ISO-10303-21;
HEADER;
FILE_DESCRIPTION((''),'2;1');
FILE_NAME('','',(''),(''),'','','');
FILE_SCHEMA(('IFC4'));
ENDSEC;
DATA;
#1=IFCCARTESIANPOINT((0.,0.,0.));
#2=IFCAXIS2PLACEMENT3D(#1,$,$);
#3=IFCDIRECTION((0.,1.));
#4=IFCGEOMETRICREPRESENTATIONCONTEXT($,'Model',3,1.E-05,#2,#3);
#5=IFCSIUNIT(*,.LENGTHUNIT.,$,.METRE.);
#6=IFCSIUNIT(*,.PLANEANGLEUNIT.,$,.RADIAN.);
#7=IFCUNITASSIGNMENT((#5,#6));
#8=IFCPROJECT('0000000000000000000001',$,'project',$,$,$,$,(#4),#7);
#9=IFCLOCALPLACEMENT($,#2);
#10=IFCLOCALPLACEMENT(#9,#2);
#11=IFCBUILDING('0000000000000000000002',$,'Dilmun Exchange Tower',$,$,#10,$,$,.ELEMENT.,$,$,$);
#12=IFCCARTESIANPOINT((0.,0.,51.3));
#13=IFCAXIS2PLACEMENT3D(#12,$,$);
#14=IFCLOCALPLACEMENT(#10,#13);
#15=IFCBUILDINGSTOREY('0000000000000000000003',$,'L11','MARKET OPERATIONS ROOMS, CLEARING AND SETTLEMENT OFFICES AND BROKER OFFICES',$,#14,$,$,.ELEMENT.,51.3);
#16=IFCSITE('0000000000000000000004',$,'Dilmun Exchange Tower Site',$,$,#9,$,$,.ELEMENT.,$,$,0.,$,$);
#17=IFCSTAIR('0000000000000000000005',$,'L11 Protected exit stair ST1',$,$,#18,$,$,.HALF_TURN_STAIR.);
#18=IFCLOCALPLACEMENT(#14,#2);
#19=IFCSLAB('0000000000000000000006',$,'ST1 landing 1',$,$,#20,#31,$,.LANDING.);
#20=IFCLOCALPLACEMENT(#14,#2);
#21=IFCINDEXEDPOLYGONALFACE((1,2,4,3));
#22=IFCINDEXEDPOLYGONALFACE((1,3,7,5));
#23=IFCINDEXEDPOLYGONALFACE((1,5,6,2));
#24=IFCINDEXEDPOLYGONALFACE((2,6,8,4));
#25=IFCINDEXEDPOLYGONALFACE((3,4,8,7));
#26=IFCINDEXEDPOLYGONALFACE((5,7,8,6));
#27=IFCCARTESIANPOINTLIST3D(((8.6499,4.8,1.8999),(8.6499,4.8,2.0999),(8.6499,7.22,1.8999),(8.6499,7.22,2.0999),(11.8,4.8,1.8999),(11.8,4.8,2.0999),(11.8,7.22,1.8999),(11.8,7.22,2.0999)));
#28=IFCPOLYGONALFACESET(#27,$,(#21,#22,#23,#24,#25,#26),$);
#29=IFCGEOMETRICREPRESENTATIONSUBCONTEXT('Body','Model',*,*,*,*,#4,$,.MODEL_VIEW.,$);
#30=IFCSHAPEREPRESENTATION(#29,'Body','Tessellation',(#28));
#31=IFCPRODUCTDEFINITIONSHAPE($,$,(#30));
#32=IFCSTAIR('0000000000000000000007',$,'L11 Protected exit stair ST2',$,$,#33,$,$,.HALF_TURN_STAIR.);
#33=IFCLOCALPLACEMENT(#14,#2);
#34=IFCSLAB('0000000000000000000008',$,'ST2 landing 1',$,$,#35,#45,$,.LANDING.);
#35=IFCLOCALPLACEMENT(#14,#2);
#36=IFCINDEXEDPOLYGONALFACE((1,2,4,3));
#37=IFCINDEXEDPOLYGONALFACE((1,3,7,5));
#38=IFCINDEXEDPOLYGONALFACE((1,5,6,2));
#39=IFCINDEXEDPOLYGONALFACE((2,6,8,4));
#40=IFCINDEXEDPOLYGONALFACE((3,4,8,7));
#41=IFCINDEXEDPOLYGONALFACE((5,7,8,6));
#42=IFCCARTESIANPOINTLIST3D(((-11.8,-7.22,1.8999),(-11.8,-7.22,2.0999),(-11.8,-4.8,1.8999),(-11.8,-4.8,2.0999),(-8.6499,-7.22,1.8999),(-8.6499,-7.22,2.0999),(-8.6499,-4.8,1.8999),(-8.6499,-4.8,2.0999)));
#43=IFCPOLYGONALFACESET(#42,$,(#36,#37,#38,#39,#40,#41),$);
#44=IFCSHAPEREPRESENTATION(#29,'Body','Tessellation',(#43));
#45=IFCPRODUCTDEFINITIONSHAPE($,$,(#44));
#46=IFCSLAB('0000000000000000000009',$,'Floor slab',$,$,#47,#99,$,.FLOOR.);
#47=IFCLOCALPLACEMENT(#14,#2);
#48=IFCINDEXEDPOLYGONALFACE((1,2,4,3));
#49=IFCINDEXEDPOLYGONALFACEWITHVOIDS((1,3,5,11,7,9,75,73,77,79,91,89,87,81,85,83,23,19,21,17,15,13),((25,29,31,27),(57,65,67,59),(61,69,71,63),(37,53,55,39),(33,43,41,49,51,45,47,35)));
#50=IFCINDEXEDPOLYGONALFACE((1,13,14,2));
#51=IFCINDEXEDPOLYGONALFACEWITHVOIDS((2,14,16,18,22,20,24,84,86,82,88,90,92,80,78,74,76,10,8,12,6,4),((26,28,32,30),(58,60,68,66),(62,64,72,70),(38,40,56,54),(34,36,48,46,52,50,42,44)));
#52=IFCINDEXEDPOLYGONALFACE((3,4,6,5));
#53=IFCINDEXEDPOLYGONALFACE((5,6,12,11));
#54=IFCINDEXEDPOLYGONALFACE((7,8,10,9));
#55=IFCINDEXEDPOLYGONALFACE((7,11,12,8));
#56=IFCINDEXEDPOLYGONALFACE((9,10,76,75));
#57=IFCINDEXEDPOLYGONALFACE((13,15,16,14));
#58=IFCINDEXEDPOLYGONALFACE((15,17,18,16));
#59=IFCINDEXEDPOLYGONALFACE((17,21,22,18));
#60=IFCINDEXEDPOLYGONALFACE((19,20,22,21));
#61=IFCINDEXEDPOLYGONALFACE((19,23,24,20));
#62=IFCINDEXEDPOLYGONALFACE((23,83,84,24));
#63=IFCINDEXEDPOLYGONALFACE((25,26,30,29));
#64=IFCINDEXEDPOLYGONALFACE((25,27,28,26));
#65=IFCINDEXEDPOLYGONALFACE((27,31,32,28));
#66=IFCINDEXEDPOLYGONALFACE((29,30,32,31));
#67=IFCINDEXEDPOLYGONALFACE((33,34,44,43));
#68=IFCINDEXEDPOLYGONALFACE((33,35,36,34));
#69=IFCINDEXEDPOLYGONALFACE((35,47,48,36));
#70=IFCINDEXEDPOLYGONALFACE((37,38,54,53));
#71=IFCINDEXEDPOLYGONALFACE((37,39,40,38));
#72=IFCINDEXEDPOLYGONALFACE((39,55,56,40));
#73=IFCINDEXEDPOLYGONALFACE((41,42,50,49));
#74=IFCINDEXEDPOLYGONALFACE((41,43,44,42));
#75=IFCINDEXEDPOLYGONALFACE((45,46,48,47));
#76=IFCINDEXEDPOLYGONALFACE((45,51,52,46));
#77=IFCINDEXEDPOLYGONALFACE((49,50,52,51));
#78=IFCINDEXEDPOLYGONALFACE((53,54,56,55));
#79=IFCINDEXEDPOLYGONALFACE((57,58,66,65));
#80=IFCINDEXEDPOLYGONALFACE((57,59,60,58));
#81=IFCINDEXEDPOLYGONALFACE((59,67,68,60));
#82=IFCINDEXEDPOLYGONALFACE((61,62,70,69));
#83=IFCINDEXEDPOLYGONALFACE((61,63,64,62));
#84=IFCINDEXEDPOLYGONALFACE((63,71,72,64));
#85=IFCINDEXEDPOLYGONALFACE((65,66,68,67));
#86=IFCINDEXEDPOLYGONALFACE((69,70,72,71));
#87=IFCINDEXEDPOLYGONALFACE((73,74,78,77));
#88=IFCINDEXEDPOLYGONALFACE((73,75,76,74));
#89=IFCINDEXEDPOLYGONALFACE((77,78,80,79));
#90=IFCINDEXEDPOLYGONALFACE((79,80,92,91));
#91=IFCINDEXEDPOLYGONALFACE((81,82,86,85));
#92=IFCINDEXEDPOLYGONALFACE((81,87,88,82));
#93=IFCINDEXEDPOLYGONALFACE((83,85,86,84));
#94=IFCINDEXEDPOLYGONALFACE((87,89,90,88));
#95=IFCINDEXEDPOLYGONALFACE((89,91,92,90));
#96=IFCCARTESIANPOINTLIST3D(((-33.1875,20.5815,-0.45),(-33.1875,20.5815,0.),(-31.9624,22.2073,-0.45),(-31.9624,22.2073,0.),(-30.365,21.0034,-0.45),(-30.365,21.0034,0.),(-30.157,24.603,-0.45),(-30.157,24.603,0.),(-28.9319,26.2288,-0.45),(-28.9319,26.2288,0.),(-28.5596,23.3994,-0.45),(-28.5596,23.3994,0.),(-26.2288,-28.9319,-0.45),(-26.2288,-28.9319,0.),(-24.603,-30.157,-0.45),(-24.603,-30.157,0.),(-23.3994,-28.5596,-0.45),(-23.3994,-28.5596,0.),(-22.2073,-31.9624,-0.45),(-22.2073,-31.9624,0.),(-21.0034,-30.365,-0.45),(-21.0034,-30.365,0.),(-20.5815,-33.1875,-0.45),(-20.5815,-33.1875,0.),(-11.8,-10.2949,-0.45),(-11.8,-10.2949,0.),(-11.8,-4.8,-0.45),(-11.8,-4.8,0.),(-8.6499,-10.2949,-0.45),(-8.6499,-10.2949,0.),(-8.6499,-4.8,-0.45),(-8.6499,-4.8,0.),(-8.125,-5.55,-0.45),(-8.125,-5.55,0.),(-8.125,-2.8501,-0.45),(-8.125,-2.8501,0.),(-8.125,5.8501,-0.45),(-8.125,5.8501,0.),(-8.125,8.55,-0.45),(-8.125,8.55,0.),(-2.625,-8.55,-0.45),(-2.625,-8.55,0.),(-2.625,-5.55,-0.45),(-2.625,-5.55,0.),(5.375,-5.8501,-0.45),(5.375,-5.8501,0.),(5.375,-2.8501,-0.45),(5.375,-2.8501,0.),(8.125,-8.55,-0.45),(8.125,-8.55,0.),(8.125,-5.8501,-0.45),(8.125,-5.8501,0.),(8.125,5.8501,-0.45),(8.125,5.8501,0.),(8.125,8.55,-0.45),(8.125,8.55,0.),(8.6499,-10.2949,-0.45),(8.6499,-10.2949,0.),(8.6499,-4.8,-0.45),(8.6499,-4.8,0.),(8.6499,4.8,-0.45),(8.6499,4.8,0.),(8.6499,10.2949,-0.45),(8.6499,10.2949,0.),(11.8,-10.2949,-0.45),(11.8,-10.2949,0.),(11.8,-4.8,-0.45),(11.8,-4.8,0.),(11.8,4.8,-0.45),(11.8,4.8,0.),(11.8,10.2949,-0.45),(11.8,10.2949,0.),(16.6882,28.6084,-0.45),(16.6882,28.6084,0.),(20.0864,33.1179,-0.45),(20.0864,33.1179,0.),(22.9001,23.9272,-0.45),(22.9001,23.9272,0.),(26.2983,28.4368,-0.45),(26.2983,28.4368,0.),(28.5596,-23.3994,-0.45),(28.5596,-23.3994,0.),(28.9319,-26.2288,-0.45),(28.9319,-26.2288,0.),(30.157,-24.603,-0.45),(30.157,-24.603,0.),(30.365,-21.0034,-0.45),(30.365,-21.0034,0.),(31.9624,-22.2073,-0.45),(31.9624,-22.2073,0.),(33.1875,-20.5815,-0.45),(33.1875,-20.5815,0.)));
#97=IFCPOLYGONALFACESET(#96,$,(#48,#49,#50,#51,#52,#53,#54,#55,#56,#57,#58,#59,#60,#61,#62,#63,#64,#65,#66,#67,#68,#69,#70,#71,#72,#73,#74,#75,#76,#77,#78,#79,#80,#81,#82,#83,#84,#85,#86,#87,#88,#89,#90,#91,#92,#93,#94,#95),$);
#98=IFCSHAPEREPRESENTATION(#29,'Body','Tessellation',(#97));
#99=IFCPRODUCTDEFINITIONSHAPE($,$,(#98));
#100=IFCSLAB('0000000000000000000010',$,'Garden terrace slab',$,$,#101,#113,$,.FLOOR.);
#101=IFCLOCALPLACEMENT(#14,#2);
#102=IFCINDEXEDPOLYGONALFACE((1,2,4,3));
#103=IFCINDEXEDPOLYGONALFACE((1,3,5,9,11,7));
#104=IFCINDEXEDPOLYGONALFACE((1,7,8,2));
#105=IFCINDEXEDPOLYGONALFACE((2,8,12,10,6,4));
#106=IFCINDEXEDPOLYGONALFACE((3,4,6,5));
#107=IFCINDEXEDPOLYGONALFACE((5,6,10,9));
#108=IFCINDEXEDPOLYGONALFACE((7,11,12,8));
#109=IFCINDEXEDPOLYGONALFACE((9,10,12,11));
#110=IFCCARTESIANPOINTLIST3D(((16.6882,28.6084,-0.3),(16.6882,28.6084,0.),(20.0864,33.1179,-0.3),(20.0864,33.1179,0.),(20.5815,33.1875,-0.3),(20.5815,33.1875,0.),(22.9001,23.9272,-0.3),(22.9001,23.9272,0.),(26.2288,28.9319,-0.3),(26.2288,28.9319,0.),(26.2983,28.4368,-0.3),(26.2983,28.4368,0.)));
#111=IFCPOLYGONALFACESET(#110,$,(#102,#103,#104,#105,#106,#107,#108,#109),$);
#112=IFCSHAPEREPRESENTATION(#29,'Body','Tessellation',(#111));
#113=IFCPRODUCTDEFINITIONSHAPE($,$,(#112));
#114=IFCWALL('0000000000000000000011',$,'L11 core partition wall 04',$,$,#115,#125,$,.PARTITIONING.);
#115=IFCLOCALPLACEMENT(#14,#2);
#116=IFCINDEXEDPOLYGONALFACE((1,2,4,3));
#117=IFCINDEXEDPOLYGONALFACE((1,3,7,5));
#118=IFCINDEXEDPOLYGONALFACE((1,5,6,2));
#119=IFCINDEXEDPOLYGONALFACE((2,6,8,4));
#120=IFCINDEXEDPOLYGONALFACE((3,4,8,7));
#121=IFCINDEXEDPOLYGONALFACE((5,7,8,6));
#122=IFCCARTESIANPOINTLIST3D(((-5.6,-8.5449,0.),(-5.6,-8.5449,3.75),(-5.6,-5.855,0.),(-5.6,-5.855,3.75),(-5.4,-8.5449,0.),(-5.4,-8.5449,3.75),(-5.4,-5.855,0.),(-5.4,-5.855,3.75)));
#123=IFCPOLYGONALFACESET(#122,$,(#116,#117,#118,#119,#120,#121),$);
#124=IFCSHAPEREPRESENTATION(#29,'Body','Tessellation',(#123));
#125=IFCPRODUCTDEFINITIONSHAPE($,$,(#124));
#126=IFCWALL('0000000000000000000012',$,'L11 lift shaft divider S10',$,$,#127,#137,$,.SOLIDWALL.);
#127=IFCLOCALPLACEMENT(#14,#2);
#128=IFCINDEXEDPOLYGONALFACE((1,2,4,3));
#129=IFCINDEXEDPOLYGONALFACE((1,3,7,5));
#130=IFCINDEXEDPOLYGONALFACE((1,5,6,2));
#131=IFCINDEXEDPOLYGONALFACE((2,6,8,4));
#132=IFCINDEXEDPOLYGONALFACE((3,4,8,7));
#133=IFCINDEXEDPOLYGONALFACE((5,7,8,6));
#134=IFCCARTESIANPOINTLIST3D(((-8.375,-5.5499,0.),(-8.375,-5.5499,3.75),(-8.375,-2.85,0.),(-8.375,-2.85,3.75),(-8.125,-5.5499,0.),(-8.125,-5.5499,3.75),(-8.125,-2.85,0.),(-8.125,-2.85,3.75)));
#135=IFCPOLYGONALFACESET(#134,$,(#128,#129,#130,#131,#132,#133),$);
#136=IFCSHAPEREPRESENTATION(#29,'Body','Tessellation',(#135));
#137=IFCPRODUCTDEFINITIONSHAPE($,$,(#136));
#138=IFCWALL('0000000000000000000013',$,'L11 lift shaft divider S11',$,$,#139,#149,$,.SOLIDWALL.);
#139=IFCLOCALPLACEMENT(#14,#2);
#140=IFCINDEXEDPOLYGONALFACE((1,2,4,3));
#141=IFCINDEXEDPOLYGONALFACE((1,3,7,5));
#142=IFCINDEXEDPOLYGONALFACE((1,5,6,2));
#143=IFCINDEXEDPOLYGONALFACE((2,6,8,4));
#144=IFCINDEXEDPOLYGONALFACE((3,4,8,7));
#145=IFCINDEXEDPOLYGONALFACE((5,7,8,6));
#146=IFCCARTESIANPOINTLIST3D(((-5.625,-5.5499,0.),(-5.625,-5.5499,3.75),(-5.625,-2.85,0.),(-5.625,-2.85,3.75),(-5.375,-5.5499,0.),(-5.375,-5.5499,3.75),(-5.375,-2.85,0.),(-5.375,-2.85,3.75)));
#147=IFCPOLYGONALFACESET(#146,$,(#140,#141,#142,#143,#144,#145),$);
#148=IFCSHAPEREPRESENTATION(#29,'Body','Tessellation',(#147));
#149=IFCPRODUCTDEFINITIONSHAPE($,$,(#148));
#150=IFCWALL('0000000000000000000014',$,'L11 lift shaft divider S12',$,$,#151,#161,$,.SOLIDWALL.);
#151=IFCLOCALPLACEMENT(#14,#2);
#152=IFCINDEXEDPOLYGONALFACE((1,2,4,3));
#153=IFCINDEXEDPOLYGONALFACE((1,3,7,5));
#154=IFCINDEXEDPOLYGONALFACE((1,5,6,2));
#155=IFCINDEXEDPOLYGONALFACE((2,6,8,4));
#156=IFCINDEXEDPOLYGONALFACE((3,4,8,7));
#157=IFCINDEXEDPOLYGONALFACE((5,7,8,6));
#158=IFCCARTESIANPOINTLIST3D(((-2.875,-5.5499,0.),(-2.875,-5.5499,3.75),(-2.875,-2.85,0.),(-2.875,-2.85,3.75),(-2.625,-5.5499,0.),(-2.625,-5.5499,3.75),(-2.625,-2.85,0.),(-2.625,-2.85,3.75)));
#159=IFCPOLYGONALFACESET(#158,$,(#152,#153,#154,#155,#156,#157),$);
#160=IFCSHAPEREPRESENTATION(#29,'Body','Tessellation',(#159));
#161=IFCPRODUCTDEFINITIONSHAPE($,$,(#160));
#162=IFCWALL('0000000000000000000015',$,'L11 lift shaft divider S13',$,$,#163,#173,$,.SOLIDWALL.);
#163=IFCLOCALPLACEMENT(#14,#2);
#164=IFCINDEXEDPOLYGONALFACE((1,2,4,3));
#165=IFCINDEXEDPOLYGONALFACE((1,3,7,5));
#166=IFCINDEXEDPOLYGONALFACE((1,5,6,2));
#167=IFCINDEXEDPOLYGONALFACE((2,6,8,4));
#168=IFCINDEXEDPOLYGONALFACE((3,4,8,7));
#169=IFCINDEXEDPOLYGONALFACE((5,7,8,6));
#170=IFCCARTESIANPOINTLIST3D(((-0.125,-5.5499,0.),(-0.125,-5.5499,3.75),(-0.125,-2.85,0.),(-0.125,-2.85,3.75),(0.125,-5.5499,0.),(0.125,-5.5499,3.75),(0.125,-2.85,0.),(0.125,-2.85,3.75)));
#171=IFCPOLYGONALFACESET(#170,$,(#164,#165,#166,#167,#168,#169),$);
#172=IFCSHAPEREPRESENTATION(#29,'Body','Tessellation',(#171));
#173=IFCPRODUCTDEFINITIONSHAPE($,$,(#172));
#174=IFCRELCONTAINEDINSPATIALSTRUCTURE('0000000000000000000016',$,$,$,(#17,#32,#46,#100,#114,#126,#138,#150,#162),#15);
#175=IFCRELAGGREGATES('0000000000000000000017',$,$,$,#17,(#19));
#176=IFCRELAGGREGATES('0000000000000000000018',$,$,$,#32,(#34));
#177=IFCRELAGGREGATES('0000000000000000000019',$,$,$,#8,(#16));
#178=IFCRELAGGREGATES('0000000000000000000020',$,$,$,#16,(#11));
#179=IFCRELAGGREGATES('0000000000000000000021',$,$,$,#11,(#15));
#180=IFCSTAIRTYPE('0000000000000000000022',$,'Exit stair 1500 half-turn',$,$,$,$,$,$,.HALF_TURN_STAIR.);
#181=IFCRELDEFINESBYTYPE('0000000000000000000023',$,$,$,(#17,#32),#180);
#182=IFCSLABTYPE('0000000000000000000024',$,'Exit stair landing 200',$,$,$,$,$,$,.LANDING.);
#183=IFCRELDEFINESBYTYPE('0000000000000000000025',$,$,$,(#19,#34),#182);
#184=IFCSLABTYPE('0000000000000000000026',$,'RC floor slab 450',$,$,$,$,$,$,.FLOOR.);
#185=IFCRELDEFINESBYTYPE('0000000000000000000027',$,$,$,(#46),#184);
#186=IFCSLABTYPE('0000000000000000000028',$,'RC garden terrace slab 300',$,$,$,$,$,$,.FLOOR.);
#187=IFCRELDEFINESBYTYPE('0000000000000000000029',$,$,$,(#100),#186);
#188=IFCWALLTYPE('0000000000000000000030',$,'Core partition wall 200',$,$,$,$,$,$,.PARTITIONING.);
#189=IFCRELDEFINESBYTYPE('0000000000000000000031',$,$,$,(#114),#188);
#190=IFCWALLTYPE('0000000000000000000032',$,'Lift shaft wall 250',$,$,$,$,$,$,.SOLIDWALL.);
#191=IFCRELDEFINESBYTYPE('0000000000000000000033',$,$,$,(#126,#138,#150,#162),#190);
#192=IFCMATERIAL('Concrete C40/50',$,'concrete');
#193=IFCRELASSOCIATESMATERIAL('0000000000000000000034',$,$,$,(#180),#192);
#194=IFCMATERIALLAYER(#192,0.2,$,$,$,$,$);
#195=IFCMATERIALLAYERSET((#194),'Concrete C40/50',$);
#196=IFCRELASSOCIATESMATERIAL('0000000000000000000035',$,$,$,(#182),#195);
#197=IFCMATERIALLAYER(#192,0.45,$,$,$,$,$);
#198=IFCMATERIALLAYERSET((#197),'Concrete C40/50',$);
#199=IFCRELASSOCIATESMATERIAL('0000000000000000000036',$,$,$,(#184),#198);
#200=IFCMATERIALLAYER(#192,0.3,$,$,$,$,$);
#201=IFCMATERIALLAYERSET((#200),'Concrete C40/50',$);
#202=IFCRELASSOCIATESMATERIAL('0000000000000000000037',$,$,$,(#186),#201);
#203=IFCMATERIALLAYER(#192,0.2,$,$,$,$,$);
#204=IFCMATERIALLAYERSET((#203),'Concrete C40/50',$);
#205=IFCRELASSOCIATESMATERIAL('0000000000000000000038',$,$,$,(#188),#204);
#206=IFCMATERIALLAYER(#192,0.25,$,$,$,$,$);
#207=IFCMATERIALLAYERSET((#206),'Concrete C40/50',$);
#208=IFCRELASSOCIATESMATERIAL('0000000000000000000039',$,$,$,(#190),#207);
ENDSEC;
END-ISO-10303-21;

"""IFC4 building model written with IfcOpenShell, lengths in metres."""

from ifc_helpers import new_model, si_unit, direction, frame, frame_2d, origin, place, context, subcontext, project, spatial, polyline, rectangle, outline, extrude, material, layer, layer_set, type_object, element, aggregate, save


model = new_model("IFC4")

# Units and contexts
model_context = context("Model", 3, precision=1e-05, world=origin(), true_north=direction((0.0, 1.0)))
body_context = subcontext(model_context, "Body", "Model", "MODEL_VIEW")
ifc_project = project(units=[si_unit("LENGTHUNIT", "METRE"), si_unit("PLANEANGLEUNIT", "RADIAN")], contexts=[model_context])

# Site, building, storey
site_placement = place(None, origin())
site = spatial("IfcSite", under=ifc_project, at=site_placement, Name="Dilmun Exchange Tower Site", CompositionType="ELEMENT", RefElevation=0.0)
building_placement = place(site_placement, origin())
building = spatial("IfcBuilding", under=site, at=building_placement, Name="Dilmun Exchange Tower", CompositionType="ELEMENT")
storey_placement = place(building_placement, frame((0.0, 0.0, 51.3)))
storey = spatial("IfcBuildingStorey", under=building, at=storey_placement, Name="L11", Description="MARKET OPERATIONS ROOMS, CLEARING AND SETTLEMENT OFFICES AND BROKER OFFICES", CompositionType="ELEMENT", Elevation=51.3)

# Stairs, slabs
ifc_material_1 = material(Name="Concrete C40/50", Category="concrete")
stair_type = type_object("IfcStairType", Name="Exit stair 1500 half-turn", PredefinedType="HALF_TURN_STAIR", material=ifc_material_1)
stair_1_placement = place(storey_placement, origin())
stair_1 = element("IfcStair", 1, at=stair_1_placement, inside=storey, type_object=stair_type, Name="L11 Protected exit stair ST1", PredefinedType="HALF_TURN_STAIR")
ifc_layer_1 = layer(ifc_material_1, 0.2)
ifc_layer_set_1 = layer_set([ifc_layer_1], Name="Concrete C40/50")
slab_type_1 = type_object("IfcSlabType", Name="Exit stair landing 200", PredefinedType="LANDING", material=ifc_layer_set_1)
slab_1_placement = place(storey_placement, frame((0.0, 0.0, 1.8999)))
slab_1 = element("IfcSlab", 2, at=slab_1_placement, type_object=slab_type_1, Name="ST1 landing 1", PredefinedType="LANDING", context=body_context, shape_type="SweptSolid", body=[
    extrude(outline(polyline([(8.6499, 7.22), (8.6499, 4.8), (11.8, 4.8), (11.8, 7.22), (8.6499, 7.22)])), origin(), (0.0, 0.0, 1.0), 0.2),
])
aggregate(stair_1, [slab_1])
stair_2_placement = place(storey_placement, origin())
stair_2 = element("IfcStair", 3, at=stair_2_placement, inside=storey, type_object=stair_type, Name="L11 Protected exit stair ST2", PredefinedType="HALF_TURN_STAIR")
slab_2_placement = place(storey_placement, frame((0.0, 0.0, 1.8999)))
slab_2 = element("IfcSlab", 4, at=slab_2_placement, type_object=slab_type_1, Name="ST2 landing 1", PredefinedType="LANDING", context=body_context, shape_type="SweptSolid", body=[
    extrude(outline(polyline([(-8.6499, -7.22), (-8.6499, -4.8), (-11.8, -4.8), (-11.8, -7.22), (-8.6499, -7.22)])), origin(), (0.0, 0.0, 1.0), 0.2),
])
aggregate(stair_2, [slab_2])

# Slabs
ifc_layer_2 = layer(ifc_material_1, 0.45)
ifc_layer_set_2 = layer_set([ifc_layer_2], Name="Concrete C40/50")
slab_type_2 = type_object("IfcSlabType", Name="RC floor slab 450", PredefinedType="FLOOR", material=ifc_layer_set_2)
slab_3_placement = place(storey_placement, frame((0.0, 0.0, -0.45)))
element("IfcSlab", 5, at=slab_3_placement, inside=storey, type_object=slab_type_2, Name="Floor slab", PredefinedType="FLOOR", context=body_context, shape_type="SweptSolid", body=[
    extrude(outline(polyline([(31.9624, -22.2073), (30.365, -21.0034), (28.5596, -23.3994), (30.157, -24.603), (28.9319, -26.2288), (-20.5815, -33.1875), (-22.2073, -31.9624), (-21.0034, -30.365), (-23.3994, -28.5596), (-24.603, -30.157), (-26.2288, -28.9319), (-33.1875, 20.5815), (-31.9624, 22.2073), (-30.365, 21.0034), (-28.5596, 23.3994), (-30.157, 24.603), (-28.9319, 26.2288), (20.0864, 33.1179), (16.6882, 28.6084), (22.9001, 23.9272), (26.2983, 28.4368), (33.1875, -20.5815), (31.9624, -22.2073)]), holes=[polyline([(-8.6499, -4.8), (-11.8, -4.8), (-11.8, -10.2949), (-8.6499, -10.2949), (-8.6499, -4.8)]), polyline([(11.8, -4.8), (8.6499, -4.8), (8.6499, -10.2949), (11.8, -10.2949), (11.8, -4.8)]), polyline([(-8.125, -2.8501), (-8.125, -5.55), (-2.625, -5.55), (-2.625, -8.55), (8.125, -8.55), (8.125, -5.8501), (5.375, -5.8501), (5.375, -2.8501), (-8.125, -2.8501)]), polyline([(-8.125, 5.8501), (8.125, 5.8501), (8.125, 8.55), (-8.125, 8.55), (-8.125, 5.8501)]), polyline([(8.6499, 10.2949), (8.6499, 4.8), (11.8, 4.8), (11.8, 10.2949), (8.6499, 10.2949)])]), origin(), (0.0, 0.0, 1.0), 0.45),
])
ifc_layer_3 = layer(ifc_material_1, 0.3)
ifc_layer_set_3 = layer_set([ifc_layer_3], Name="Concrete C40/50")
slab_type_3 = type_object("IfcSlabType", Name="RC garden terrace slab 300", PredefinedType="FLOOR", material=ifc_layer_set_3)
slab_4_placement = place(storey_placement, frame((0.0, 0.0, -0.3)))
element("IfcSlab", 6, at=slab_4_placement, inside=storey, type_object=slab_type_3, Name="Garden terrace slab", PredefinedType="FLOOR", context=body_context, shape_type="SweptSolid", body=[
    extrude(outline(polyline([(16.6882, 28.6084), (20.0864, 33.1179), (20.5815, 33.1875), (26.2288, 28.9319), (26.2983, 28.4368), (22.9001, 23.9272), (16.6882, 28.6084)])), origin(), (0.0, 0.0, 1.0), 0.3),
])

# Wall
ifc_layer_4 = layer(ifc_material_1, 0.2)
ifc_layer_set_4 = layer_set([ifc_layer_4], Name="Concrete C40/50")
wall_type_1 = type_object("IfcWallType", Name="Core partition wall 200", PredefinedType="PARTITIONING", material=ifc_layer_set_4)
wall_1_placement = place(storey_placement, frame((-5.5, -8.5449, 0.0), z_axis=(0.0, 0.0, 1.0), x_axis=(0.0, 1.0, 0.0)))
element("IfcWall", 7, at=wall_1_placement, inside=storey, type_object=wall_type_1, Name="L11 core partition wall 04", PredefinedType="PARTITIONING", context=body_context, shape_type="SweptSolid", body=[
    extrude(rectangle(XDim=2.6899, YDim=0.2, at=frame_2d((1.345, 0.0))), origin(), (0.0, 0.0, 1.0), 3.75),
])

# Walls
ifc_layer_5 = layer(ifc_material_1, 0.25)
ifc_layer_set_5 = layer_set([ifc_layer_5], Name="Concrete C40/50")
wall_type_2 = type_object("IfcWallType", Name="Lift shaft wall 250", PredefinedType="SOLIDWALL", material=ifc_layer_set_5)
for number, where, z_axis, x_axis, name in (
    (8, (-8.25, -5.55, 0.0), (0.0, 0.0, 1.0), (0.0, 1.0, 0.0), "L11 lift shaft divider S10"),
    (9, (-5.5, -5.55, 0.0), (0.0, 0.0, 1.0), (0.0, 1.0, 0.0), "L11 lift shaft divider S11"),
    (10, (-2.75, -5.55, 0.0), (0.0, 0.0, 1.0), (0.0, 1.0, 0.0), "L11 lift shaft divider S12"),
    (11, (0.0, -5.55, 0.0), (0.0, 0.0, 1.0), (0.0, 1.0, 0.0), "L11 lift shaft divider S13"),
):
    element("IfcWall", number, at=place(storey_placement, frame(where, z_axis=z_axis, x_axis=x_axis)), inside=storey, type_object=wall_type_2, Name=name, PredefinedType="SOLIDWALL", context=body_context, shape_type="SweptSolid", body=[
        extrude(rectangle(XDim=2.7, YDim=0.25, at=frame_2d((1.3501, 0.0))), origin(), (0.0, 0.0, 1.0), 3.75),
    ])

save(model, "model.ifc")
